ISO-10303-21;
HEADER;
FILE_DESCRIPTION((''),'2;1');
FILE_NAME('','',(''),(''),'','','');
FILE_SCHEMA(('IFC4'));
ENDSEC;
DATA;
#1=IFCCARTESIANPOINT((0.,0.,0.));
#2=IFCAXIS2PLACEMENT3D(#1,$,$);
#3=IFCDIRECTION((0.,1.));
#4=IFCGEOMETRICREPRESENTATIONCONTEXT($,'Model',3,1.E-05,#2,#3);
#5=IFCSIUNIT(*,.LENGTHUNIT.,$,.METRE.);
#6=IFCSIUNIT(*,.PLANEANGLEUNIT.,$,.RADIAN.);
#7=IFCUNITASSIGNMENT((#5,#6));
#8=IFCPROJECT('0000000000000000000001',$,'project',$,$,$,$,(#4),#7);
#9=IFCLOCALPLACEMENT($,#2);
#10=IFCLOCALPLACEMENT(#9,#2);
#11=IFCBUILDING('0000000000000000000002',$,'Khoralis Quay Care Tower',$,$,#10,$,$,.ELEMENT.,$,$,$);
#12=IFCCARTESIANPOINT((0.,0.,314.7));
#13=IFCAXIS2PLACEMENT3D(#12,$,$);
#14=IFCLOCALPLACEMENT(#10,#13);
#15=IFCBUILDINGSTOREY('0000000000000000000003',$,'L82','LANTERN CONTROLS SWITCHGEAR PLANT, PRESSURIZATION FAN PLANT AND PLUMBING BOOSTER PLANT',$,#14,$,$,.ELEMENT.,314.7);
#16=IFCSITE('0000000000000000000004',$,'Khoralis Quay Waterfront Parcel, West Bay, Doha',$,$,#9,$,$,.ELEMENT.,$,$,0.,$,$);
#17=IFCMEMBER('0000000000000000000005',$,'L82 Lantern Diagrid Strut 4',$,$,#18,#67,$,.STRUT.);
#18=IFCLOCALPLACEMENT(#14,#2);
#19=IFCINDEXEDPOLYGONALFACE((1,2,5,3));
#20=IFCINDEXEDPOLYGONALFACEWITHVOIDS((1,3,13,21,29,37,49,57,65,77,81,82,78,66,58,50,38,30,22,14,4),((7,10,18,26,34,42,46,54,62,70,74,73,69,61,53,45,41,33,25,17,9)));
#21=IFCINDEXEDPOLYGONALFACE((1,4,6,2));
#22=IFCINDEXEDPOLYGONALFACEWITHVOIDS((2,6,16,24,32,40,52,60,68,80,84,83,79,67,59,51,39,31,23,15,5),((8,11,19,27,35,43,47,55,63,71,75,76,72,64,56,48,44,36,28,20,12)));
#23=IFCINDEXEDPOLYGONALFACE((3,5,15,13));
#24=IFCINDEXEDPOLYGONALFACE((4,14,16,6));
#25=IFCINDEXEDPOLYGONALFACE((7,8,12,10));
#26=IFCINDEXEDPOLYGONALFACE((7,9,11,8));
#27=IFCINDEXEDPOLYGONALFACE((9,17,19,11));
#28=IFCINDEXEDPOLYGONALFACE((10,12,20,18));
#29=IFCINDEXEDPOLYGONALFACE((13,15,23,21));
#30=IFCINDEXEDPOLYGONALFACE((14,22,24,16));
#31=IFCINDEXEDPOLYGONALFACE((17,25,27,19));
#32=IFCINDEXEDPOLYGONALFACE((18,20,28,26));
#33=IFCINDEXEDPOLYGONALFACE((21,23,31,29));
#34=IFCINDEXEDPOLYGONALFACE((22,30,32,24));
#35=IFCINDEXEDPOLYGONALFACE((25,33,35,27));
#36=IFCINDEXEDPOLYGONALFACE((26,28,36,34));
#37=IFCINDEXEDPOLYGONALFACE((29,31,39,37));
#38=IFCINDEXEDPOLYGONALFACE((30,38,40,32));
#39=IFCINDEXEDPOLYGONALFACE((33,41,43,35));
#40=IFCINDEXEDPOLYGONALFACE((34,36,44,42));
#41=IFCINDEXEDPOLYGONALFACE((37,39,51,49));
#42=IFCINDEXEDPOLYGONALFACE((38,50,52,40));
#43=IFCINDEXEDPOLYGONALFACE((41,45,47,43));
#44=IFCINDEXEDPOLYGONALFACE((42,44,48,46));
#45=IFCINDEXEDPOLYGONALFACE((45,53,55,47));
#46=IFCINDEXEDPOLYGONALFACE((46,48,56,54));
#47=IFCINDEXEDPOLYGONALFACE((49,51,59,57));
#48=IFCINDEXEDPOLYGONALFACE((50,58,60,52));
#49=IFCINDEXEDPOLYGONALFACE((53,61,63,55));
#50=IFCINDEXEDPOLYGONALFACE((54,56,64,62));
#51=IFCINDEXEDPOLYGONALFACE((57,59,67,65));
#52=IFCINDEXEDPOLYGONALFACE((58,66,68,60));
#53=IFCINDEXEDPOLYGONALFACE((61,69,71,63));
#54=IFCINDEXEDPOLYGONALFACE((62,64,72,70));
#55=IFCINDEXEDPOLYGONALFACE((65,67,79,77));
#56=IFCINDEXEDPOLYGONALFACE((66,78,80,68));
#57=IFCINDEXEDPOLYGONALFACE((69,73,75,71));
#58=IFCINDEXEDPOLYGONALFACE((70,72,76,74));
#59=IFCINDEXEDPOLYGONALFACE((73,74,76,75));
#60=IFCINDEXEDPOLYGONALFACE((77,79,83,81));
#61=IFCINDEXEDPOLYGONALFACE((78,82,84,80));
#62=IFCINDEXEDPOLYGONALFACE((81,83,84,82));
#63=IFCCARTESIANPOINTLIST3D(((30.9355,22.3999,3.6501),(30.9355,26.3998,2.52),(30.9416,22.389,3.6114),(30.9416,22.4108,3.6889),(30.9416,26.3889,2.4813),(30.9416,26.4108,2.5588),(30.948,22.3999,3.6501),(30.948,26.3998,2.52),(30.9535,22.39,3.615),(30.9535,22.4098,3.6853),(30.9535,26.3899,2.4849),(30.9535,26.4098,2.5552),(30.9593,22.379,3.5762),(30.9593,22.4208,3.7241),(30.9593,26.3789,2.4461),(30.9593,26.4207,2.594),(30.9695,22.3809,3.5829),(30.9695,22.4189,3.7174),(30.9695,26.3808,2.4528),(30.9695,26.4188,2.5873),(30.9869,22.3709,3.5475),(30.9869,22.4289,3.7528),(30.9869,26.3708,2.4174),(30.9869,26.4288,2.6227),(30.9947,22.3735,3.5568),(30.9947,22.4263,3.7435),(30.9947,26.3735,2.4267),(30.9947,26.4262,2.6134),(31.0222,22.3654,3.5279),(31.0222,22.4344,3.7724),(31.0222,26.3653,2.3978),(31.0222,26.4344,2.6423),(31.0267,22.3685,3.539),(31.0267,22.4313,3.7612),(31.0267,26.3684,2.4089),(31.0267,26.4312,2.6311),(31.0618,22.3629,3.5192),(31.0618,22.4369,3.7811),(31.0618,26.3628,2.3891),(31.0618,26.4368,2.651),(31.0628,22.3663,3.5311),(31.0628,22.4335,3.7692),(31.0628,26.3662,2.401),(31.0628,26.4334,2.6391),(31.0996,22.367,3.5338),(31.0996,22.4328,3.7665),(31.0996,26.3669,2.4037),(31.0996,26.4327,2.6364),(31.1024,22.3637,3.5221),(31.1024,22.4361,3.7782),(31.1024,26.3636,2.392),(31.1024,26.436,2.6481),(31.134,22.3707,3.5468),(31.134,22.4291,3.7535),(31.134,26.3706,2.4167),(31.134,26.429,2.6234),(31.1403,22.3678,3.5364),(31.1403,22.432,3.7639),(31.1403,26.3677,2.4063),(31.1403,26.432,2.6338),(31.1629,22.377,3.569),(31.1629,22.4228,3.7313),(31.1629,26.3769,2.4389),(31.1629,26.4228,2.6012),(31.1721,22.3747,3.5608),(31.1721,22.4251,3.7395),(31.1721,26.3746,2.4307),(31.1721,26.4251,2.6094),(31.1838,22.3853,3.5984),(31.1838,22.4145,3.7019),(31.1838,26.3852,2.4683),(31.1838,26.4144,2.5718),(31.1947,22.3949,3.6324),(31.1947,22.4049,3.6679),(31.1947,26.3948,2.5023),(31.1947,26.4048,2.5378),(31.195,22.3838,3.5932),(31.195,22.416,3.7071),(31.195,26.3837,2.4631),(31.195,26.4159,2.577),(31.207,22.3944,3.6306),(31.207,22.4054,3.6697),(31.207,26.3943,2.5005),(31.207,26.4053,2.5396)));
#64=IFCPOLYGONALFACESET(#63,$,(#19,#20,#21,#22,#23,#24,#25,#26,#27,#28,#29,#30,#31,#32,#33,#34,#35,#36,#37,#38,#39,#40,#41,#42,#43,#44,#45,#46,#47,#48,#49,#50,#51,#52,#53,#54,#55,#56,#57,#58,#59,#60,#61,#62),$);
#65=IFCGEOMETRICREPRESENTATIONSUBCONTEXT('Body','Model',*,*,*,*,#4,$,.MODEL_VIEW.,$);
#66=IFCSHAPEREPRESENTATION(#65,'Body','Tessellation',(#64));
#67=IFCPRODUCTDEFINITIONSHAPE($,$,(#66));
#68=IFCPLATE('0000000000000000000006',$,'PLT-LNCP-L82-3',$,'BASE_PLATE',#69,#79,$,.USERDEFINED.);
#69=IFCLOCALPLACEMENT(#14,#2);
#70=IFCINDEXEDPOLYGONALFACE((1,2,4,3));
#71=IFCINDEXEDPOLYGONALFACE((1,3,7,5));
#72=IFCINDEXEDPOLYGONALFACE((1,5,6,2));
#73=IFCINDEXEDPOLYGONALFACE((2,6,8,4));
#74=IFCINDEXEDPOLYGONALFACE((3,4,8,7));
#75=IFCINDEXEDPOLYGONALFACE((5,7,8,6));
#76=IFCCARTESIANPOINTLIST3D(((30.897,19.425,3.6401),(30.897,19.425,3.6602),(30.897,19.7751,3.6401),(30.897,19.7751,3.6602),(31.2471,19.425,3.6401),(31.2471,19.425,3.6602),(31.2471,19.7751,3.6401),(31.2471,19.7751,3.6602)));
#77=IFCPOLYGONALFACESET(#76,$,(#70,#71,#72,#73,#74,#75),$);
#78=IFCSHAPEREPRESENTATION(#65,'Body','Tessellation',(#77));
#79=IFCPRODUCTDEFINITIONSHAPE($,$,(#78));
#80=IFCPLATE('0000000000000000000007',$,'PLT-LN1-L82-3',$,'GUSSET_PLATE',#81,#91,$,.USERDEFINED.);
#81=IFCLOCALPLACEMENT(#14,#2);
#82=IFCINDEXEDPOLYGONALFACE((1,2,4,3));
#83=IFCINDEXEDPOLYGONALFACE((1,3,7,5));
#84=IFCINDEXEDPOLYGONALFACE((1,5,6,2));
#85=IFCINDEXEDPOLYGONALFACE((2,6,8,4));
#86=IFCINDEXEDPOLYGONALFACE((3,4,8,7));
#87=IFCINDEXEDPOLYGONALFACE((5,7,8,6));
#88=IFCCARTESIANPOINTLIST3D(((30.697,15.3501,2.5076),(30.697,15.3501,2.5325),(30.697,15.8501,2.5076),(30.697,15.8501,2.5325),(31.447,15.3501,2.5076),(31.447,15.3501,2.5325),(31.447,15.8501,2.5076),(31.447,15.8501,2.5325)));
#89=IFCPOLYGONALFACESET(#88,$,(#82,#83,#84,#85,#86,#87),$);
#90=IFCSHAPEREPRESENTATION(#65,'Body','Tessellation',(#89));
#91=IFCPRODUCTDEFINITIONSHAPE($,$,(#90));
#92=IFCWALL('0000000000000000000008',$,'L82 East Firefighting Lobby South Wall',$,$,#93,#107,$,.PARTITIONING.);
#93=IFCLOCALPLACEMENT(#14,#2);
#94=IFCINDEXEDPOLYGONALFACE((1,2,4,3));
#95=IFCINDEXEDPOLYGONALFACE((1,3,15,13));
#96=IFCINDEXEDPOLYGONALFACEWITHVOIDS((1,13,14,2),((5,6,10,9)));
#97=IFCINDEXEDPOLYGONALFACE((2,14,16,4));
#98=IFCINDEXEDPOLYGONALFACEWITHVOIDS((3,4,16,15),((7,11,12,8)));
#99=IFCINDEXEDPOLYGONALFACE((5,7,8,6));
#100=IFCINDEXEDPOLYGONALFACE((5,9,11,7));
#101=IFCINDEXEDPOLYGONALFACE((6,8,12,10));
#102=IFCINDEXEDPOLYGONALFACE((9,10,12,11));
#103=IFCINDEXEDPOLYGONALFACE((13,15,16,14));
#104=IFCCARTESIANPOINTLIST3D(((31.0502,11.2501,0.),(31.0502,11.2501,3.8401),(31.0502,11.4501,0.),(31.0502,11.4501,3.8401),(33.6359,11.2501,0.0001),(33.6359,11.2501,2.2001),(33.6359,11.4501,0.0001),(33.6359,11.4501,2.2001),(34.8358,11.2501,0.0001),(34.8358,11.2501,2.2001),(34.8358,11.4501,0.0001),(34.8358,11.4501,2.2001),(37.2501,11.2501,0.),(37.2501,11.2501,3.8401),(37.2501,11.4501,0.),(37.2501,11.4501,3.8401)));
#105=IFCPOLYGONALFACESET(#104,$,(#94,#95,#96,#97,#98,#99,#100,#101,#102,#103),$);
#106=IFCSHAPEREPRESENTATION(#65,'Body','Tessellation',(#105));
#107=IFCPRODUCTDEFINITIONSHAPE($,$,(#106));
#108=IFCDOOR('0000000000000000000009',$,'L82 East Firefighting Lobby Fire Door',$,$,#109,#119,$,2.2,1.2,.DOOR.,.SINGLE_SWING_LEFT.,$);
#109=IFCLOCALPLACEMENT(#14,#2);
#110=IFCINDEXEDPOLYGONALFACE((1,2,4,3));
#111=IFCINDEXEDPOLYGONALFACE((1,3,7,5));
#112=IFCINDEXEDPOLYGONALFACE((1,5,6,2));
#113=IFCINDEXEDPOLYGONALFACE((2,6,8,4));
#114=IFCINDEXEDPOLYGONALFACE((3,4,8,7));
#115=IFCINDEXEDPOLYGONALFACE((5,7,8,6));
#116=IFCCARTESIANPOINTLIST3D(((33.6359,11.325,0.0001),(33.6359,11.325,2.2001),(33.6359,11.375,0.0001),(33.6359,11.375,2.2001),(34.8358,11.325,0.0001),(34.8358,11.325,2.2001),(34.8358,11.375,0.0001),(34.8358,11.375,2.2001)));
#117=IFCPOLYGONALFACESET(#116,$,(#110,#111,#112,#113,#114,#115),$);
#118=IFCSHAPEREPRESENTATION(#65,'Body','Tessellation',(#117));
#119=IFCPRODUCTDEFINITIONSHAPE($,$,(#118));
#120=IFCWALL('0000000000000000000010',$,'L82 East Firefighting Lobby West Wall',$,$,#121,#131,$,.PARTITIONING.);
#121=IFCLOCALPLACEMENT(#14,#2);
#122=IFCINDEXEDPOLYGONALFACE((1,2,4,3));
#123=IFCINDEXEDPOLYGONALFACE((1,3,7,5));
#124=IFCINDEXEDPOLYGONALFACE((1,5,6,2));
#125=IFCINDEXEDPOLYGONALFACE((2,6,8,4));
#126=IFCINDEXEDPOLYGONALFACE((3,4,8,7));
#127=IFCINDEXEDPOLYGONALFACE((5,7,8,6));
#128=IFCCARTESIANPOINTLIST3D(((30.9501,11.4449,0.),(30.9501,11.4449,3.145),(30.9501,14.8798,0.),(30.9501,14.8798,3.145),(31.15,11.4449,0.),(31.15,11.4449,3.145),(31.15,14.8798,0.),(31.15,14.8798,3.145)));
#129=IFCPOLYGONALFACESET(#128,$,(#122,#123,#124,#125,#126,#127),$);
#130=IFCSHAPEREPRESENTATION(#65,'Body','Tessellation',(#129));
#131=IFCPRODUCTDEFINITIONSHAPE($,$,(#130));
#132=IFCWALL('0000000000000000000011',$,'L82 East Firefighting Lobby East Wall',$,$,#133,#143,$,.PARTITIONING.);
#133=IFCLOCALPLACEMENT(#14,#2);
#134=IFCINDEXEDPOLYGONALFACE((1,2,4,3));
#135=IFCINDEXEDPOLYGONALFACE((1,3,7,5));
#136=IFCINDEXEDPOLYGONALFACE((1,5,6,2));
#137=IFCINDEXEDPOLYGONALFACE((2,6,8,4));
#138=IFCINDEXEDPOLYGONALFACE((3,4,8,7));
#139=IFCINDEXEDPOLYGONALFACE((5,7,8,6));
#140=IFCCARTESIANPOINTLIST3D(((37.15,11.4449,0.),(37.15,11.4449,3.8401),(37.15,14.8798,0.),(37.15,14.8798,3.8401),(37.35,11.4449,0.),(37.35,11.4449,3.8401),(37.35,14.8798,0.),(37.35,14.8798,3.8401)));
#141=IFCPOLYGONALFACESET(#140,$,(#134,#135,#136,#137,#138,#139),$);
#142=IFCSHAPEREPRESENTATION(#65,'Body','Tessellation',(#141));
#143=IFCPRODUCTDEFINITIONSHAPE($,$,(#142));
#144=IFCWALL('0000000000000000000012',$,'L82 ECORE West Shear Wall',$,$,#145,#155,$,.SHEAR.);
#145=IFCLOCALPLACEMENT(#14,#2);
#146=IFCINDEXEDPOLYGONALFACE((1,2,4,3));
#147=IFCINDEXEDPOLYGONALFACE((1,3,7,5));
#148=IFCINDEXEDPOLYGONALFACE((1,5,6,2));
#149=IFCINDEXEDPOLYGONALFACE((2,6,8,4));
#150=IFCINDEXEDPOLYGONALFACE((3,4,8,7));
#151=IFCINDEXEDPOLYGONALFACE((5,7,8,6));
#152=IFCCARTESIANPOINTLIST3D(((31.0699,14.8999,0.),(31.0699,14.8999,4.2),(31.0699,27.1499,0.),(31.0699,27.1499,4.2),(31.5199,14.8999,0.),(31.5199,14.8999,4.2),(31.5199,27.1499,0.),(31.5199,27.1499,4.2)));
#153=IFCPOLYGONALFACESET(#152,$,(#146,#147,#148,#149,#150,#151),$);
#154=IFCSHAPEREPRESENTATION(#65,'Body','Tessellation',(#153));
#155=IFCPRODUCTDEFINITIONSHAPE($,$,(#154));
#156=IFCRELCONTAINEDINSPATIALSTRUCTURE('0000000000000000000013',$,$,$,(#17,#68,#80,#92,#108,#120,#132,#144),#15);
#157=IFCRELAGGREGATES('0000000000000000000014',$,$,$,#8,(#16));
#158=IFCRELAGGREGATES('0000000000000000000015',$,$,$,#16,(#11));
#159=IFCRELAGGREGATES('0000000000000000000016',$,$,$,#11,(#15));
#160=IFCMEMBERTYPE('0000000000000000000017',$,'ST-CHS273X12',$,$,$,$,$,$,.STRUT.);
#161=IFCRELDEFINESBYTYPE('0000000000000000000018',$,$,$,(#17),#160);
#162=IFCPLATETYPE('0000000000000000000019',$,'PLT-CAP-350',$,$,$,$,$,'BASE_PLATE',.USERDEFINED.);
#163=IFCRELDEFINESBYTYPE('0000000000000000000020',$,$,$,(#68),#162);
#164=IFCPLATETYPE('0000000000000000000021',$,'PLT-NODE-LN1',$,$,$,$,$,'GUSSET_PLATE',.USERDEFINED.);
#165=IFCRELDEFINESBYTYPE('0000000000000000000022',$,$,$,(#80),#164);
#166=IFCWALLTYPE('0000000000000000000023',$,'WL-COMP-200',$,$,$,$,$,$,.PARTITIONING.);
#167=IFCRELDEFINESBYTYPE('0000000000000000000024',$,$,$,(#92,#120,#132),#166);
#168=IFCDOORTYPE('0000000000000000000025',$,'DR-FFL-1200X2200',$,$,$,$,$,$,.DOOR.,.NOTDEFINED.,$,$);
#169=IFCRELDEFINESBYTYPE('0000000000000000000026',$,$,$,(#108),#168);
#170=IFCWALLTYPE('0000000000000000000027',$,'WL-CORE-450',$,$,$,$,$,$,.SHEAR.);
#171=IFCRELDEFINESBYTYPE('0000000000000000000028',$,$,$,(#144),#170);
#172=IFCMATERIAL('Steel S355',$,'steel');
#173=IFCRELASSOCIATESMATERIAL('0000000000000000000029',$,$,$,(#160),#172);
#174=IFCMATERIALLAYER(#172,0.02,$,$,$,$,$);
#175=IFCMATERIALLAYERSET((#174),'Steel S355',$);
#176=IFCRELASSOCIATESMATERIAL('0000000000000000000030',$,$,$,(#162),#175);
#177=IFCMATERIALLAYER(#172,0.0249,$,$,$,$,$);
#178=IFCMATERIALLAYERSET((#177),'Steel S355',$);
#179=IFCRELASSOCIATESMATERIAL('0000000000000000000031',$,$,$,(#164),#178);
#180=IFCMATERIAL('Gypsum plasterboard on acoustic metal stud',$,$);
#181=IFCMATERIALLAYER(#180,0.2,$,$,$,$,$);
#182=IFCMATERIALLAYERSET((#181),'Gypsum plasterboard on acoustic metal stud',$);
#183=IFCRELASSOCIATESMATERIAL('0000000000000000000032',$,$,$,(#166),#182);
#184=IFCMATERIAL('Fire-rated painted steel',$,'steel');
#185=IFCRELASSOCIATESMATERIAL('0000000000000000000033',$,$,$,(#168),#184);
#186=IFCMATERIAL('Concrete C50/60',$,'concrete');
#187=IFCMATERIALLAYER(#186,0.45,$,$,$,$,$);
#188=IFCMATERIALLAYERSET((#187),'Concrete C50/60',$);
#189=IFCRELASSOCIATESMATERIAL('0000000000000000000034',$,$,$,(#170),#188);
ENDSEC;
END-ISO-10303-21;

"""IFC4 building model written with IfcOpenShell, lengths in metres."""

from ifc_helpers import new_model, si_unit, direction, frame, frame_2d, origin, origin_2d, place, context, subcontext, project, spatial, rectangle, hollow_circle, extrude, source, transform, mapped, material, layer, layer_set, material_profile, profile_set, type_object, element, fill, save


model = new_model("IFC4")

# Units and contexts
model_context = context("Model", 3, precision=1e-05, world=origin(), true_north=direction((0.0, 1.0)))
body_context = subcontext(model_context, "Body", "Model", "MODEL_VIEW")
ifc_project = project(units=[si_unit("LENGTHUNIT", "METRE"), si_unit("PLANEANGLEUNIT", "RADIAN")], contexts=[model_context])

# Site, building, storey
site_placement = place(None, origin())
site = spatial("IfcSite", under=ifc_project, at=site_placement, Name="Khoralis Quay Waterfront Parcel, West Bay, Doha", CompositionType="ELEMENT", RefElevation=0.0)
building_placement = place(site_placement, origin())
building = spatial("IfcBuilding", under=site, at=building_placement, Name="Khoralis Quay Care Tower", CompositionType="ELEMENT")
storey_placement = place(building_placement, frame((0.0, 0.0, 314.7)))
storey = spatial("IfcBuildingStorey", under=building, at=storey_placement, Name="L82", Description="LANTERN CONTROLS SWITCHGEAR PLANT, PRESSURIZATION FAN PLANT AND PLUMBING BOOSTER PLANT", CompositionType="ELEMENT", Elevation=314.7)

# Shared definitions
ifc_material_1 = material(Name="Concrete C50/60", Category="concrete")
ifc_material_2 = material(Name="Steel S355", Category="steel")

# Member
ifc_material_profile_1 = material_profile(ifc_material_2, hollow_circle(Radius=0.1365, WallThickness=0.0125, at=origin_2d()), Name="Steel S355")
ifc_profile_set_1 = profile_set([ifc_material_profile_1], Name="Steel S355")
member_type = type_object("IfcMemberType", Name="ST-CHS273X12", PredefinedType="STRUT", material=ifc_profile_set_1)
shared_shape_1 = source(origin(), body_context, "Body", "SweptSolid", [
    extrude(hollow_circle(Radius=0.1365, WallThickness=0.0125, at=origin_2d()), origin(), (0.0, 0.0, 1.0), 4.1565),
])
for number, where, z_axis, x_axis, name in (
    (1, (31.072, 22.3999, 3.6501), (0.0, 0.962329, -0.271888), (-1.0, 0.0, 0.0), "L82 Lantern Diagrid Strut 4"),
):
    element("IfcMember", number, at=place(storey_placement, frame(where, z_axis=z_axis, x_axis=x_axis)), inside=storey, type_object=member_type, Name=name, PredefinedType="STRUT", context=body_context, shape_type="MappedRepresentation", body=[
        mapped(shared_shape_1, transform((0.0, 0.0, 0.0), scale=1.0)),
    ])

# Plates
ifc_layer_1 = layer(ifc_material_2, 0.02)
ifc_layer_set_1 = layer_set([ifc_layer_1], Name="Steel S355")
plate_type_1 = type_object("IfcPlateType", Name="PLT-CAP-350", ElementType="BASE_PLATE", PredefinedType="USERDEFINED", material=ifc_layer_set_1)
shared_shape_2 = source(origin(), body_context, "Body", "SweptSolid", [
    extrude(rectangle(XDim=0.3501, YDim=0.3501, at=origin_2d()), origin(), (0.0, 0.0, 1.0), 0.02),
])
plate_1_placement = place(storey_placement, frame((31.072, 19.6001, 3.6401), z_axis=(0.0, 0.0, 1.0), x_axis=(1.0, 0.0, 0.0)))
element("IfcPlate", 2, at=plate_1_placement, inside=storey, type_object=plate_type_1, Name="PLT-LNCP-L82-3", ObjectType="BASE_PLATE", PredefinedType="USERDEFINED", context=body_context, shape_type="MappedRepresentation", body=[
    mapped(shared_shape_2, transform((0.0, 0.0, 0.0), scale=1.0)),
])
ifc_layer_2 = layer(ifc_material_2, 0.0249)
ifc_layer_set_2 = layer_set([ifc_layer_2], Name="Steel S355")
plate_type_2 = type_object("IfcPlateType", Name="PLT-NODE-LN1", ElementType="GUSSET_PLATE", PredefinedType="USERDEFINED", material=ifc_layer_set_2)
shared_shape_3 = source(origin(), body_context, "Body", "SweptSolid", [
    extrude(rectangle(XDim=0.75, YDim=0.5, at=origin_2d()), origin(), (0.0, 0.0, 1.0), 0.0249),
])
plate_2_placement = place(storey_placement, frame((31.072, 15.6001, 2.5076), z_axis=(0.0, 0.0, 1.0), x_axis=(1.0, 0.0, 0.0)))
element("IfcPlate", 3, at=plate_2_placement, inside=storey, type_object=plate_type_2, Name="PLT-LN1-L82-3", ObjectType="GUSSET_PLATE", PredefinedType="USERDEFINED", context=body_context, shape_type="MappedRepresentation", body=[
    mapped(shared_shape_3, transform((0.0, 0.0, 0.0), scale=1.0)),
])

# Wall, opening, door
ifc_material_3 = material(Name="Gypsum plasterboard on acoustic metal stud")
ifc_layer_3 = layer(ifc_material_3, 0.2)
ifc_layer_set_3 = layer_set([ifc_layer_3], Name="Gypsum plasterboard on acoustic metal stud")
wall_type_1 = type_object("IfcWallType", Name="WL-COMP-200", PredefinedType="PARTITIONING", material=ifc_layer_set_3)
wall_1_placement = place(storey_placement, frame((31.05, 11.3501, 0.0), z_axis=(0.0, 0.0, 1.0), x_axis=(1.0, 0.0, 0.0)))
wall_1 = element("IfcWall", 4, at=wall_1_placement, inside=storey, type_object=wall_type_1, Name="L82 East Firefighting Lobby South Wall", PredefinedType="PARTITIONING", context=body_context, shape_type="SweptSolid", body=[
    extrude(rectangle(XDim=6.2, YDim=0.2, at=frame_2d((3.1001, 0.0))), origin(), (0.0, 0.0, 1.0), 3.8401),
])
opening_1_placement = place(wall_1_placement, frame((2.5857, 0.0, 0.0)))
opening_1 = element("IfcOpeningElement", 5, at=opening_1_placement, cuts=wall_1, PredefinedType="OPENING", context=body_context, shape_type="SweptSolid", body=[
    extrude(rectangle(XDim=1.2, YDim=2.2, at=frame_2d((0.6001, 1.1001))), frame((0.0, 0.1099, 0.0), z_axis=(0.0, -1.0, 0.0), x_axis=(1.0, 0.0, 0.0)), (0.0, 0.0, 1.0), 0.22),
])
ifc_material_4 = material(Name="Fire-rated painted steel", Category="steel")
door_type_1 = type_object("IfcDoorType", Name="DR-FFL-1200X2200", OperationType="NOTDEFINED", PredefinedType="DOOR", material=ifc_material_4)
shared_shape_4 = source(origin(), body_context, "Body", "SweptSolid", [
    extrude(rectangle(XDim=1.2, YDim=2.2, at=frame_2d((0.6001, 1.1001))), frame((0.0, 0.0249, 0.0), z_axis=(0.0, -1.0, 0.0), x_axis=(1.0, 0.0, 0.0)), (0.0, 0.0, 1.0), 0.05),
])
door_1_placement = place(opening_1_placement, origin())
door_1 = element("IfcDoor", 6, at=door_1_placement, inside=storey, type_object=door_type_1, Name="L82 East Firefighting Lobby Fire Door", OperationType="SINGLE_SWING_LEFT", OverallHeight=2.2, OverallWidth=1.2, PredefinedType="DOOR", context=body_context, shape_type="MappedRepresentation", body=[
    mapped(shared_shape_4, transform((0.0, 0.0, 0.0), scale=1.0)),
])
fill(opening_1, door_1)

# Walls
wall_2_placement = place(storey_placement, frame((31.05, 11.4451, 0.0), z_axis=(0.0, 0.0, 1.0), x_axis=(0.0, 1.0, 0.0)))
element("IfcWall", 7, at=wall_2_placement, inside=storey, type_object=wall_type_1, Name="L82 East Firefighting Lobby West Wall", PredefinedType="PARTITIONING", context=body_context, shape_type="SweptSolid", body=[
    extrude(rectangle(XDim=3.4348, YDim=0.2, at=frame_2d((1.7173, 0.0))), origin(), (0.0, 0.0, 1.0), 3.145),
])
wall_3_placement = place(storey_placement, frame((37.25, 11.4451, 0.0), z_axis=(0.0, 0.0, 1.0), x_axis=(0.0, 1.0, 0.0)))
element("IfcWall", 8, at=wall_3_placement, inside=storey, type_object=wall_type_1, Name="L82 East Firefighting Lobby East Wall", PredefinedType="PARTITIONING", context=body_context, shape_type="SweptSolid", body=[
    extrude(rectangle(XDim=3.4348, YDim=0.2, at=frame_2d((1.7173, 0.0))), origin(), (0.0, 0.0, 1.0), 3.8401),
])
ifc_layer_4 = layer(ifc_material_1, 0.45)
ifc_layer_set_4 = layer_set([ifc_layer_4], Name="Concrete C50/60")
wall_type_2 = type_object("IfcWallType", Name="WL-CORE-450", PredefinedType="SHEAR", material=ifc_layer_set_4)
wall_4_placement = place(storey_placement, frame((31.2949, 14.8999, 0.0), z_axis=(0.0, 0.0, 1.0), x_axis=(0.0, 1.0, 0.0)))
element("IfcWall", 9, at=wall_4_placement, inside=storey, type_object=wall_type_2, Name="L82 ECORE West Shear Wall", PredefinedType="SHEAR", context=body_context, shape_type="SweptSolid", body=[
    extrude(rectangle(XDim=12.25, YDim=0.45, at=frame_2d((6.125, 0.0))), origin(), (0.0, 0.0, 1.0), 4.2),
])

save(model, "model.ifc")
